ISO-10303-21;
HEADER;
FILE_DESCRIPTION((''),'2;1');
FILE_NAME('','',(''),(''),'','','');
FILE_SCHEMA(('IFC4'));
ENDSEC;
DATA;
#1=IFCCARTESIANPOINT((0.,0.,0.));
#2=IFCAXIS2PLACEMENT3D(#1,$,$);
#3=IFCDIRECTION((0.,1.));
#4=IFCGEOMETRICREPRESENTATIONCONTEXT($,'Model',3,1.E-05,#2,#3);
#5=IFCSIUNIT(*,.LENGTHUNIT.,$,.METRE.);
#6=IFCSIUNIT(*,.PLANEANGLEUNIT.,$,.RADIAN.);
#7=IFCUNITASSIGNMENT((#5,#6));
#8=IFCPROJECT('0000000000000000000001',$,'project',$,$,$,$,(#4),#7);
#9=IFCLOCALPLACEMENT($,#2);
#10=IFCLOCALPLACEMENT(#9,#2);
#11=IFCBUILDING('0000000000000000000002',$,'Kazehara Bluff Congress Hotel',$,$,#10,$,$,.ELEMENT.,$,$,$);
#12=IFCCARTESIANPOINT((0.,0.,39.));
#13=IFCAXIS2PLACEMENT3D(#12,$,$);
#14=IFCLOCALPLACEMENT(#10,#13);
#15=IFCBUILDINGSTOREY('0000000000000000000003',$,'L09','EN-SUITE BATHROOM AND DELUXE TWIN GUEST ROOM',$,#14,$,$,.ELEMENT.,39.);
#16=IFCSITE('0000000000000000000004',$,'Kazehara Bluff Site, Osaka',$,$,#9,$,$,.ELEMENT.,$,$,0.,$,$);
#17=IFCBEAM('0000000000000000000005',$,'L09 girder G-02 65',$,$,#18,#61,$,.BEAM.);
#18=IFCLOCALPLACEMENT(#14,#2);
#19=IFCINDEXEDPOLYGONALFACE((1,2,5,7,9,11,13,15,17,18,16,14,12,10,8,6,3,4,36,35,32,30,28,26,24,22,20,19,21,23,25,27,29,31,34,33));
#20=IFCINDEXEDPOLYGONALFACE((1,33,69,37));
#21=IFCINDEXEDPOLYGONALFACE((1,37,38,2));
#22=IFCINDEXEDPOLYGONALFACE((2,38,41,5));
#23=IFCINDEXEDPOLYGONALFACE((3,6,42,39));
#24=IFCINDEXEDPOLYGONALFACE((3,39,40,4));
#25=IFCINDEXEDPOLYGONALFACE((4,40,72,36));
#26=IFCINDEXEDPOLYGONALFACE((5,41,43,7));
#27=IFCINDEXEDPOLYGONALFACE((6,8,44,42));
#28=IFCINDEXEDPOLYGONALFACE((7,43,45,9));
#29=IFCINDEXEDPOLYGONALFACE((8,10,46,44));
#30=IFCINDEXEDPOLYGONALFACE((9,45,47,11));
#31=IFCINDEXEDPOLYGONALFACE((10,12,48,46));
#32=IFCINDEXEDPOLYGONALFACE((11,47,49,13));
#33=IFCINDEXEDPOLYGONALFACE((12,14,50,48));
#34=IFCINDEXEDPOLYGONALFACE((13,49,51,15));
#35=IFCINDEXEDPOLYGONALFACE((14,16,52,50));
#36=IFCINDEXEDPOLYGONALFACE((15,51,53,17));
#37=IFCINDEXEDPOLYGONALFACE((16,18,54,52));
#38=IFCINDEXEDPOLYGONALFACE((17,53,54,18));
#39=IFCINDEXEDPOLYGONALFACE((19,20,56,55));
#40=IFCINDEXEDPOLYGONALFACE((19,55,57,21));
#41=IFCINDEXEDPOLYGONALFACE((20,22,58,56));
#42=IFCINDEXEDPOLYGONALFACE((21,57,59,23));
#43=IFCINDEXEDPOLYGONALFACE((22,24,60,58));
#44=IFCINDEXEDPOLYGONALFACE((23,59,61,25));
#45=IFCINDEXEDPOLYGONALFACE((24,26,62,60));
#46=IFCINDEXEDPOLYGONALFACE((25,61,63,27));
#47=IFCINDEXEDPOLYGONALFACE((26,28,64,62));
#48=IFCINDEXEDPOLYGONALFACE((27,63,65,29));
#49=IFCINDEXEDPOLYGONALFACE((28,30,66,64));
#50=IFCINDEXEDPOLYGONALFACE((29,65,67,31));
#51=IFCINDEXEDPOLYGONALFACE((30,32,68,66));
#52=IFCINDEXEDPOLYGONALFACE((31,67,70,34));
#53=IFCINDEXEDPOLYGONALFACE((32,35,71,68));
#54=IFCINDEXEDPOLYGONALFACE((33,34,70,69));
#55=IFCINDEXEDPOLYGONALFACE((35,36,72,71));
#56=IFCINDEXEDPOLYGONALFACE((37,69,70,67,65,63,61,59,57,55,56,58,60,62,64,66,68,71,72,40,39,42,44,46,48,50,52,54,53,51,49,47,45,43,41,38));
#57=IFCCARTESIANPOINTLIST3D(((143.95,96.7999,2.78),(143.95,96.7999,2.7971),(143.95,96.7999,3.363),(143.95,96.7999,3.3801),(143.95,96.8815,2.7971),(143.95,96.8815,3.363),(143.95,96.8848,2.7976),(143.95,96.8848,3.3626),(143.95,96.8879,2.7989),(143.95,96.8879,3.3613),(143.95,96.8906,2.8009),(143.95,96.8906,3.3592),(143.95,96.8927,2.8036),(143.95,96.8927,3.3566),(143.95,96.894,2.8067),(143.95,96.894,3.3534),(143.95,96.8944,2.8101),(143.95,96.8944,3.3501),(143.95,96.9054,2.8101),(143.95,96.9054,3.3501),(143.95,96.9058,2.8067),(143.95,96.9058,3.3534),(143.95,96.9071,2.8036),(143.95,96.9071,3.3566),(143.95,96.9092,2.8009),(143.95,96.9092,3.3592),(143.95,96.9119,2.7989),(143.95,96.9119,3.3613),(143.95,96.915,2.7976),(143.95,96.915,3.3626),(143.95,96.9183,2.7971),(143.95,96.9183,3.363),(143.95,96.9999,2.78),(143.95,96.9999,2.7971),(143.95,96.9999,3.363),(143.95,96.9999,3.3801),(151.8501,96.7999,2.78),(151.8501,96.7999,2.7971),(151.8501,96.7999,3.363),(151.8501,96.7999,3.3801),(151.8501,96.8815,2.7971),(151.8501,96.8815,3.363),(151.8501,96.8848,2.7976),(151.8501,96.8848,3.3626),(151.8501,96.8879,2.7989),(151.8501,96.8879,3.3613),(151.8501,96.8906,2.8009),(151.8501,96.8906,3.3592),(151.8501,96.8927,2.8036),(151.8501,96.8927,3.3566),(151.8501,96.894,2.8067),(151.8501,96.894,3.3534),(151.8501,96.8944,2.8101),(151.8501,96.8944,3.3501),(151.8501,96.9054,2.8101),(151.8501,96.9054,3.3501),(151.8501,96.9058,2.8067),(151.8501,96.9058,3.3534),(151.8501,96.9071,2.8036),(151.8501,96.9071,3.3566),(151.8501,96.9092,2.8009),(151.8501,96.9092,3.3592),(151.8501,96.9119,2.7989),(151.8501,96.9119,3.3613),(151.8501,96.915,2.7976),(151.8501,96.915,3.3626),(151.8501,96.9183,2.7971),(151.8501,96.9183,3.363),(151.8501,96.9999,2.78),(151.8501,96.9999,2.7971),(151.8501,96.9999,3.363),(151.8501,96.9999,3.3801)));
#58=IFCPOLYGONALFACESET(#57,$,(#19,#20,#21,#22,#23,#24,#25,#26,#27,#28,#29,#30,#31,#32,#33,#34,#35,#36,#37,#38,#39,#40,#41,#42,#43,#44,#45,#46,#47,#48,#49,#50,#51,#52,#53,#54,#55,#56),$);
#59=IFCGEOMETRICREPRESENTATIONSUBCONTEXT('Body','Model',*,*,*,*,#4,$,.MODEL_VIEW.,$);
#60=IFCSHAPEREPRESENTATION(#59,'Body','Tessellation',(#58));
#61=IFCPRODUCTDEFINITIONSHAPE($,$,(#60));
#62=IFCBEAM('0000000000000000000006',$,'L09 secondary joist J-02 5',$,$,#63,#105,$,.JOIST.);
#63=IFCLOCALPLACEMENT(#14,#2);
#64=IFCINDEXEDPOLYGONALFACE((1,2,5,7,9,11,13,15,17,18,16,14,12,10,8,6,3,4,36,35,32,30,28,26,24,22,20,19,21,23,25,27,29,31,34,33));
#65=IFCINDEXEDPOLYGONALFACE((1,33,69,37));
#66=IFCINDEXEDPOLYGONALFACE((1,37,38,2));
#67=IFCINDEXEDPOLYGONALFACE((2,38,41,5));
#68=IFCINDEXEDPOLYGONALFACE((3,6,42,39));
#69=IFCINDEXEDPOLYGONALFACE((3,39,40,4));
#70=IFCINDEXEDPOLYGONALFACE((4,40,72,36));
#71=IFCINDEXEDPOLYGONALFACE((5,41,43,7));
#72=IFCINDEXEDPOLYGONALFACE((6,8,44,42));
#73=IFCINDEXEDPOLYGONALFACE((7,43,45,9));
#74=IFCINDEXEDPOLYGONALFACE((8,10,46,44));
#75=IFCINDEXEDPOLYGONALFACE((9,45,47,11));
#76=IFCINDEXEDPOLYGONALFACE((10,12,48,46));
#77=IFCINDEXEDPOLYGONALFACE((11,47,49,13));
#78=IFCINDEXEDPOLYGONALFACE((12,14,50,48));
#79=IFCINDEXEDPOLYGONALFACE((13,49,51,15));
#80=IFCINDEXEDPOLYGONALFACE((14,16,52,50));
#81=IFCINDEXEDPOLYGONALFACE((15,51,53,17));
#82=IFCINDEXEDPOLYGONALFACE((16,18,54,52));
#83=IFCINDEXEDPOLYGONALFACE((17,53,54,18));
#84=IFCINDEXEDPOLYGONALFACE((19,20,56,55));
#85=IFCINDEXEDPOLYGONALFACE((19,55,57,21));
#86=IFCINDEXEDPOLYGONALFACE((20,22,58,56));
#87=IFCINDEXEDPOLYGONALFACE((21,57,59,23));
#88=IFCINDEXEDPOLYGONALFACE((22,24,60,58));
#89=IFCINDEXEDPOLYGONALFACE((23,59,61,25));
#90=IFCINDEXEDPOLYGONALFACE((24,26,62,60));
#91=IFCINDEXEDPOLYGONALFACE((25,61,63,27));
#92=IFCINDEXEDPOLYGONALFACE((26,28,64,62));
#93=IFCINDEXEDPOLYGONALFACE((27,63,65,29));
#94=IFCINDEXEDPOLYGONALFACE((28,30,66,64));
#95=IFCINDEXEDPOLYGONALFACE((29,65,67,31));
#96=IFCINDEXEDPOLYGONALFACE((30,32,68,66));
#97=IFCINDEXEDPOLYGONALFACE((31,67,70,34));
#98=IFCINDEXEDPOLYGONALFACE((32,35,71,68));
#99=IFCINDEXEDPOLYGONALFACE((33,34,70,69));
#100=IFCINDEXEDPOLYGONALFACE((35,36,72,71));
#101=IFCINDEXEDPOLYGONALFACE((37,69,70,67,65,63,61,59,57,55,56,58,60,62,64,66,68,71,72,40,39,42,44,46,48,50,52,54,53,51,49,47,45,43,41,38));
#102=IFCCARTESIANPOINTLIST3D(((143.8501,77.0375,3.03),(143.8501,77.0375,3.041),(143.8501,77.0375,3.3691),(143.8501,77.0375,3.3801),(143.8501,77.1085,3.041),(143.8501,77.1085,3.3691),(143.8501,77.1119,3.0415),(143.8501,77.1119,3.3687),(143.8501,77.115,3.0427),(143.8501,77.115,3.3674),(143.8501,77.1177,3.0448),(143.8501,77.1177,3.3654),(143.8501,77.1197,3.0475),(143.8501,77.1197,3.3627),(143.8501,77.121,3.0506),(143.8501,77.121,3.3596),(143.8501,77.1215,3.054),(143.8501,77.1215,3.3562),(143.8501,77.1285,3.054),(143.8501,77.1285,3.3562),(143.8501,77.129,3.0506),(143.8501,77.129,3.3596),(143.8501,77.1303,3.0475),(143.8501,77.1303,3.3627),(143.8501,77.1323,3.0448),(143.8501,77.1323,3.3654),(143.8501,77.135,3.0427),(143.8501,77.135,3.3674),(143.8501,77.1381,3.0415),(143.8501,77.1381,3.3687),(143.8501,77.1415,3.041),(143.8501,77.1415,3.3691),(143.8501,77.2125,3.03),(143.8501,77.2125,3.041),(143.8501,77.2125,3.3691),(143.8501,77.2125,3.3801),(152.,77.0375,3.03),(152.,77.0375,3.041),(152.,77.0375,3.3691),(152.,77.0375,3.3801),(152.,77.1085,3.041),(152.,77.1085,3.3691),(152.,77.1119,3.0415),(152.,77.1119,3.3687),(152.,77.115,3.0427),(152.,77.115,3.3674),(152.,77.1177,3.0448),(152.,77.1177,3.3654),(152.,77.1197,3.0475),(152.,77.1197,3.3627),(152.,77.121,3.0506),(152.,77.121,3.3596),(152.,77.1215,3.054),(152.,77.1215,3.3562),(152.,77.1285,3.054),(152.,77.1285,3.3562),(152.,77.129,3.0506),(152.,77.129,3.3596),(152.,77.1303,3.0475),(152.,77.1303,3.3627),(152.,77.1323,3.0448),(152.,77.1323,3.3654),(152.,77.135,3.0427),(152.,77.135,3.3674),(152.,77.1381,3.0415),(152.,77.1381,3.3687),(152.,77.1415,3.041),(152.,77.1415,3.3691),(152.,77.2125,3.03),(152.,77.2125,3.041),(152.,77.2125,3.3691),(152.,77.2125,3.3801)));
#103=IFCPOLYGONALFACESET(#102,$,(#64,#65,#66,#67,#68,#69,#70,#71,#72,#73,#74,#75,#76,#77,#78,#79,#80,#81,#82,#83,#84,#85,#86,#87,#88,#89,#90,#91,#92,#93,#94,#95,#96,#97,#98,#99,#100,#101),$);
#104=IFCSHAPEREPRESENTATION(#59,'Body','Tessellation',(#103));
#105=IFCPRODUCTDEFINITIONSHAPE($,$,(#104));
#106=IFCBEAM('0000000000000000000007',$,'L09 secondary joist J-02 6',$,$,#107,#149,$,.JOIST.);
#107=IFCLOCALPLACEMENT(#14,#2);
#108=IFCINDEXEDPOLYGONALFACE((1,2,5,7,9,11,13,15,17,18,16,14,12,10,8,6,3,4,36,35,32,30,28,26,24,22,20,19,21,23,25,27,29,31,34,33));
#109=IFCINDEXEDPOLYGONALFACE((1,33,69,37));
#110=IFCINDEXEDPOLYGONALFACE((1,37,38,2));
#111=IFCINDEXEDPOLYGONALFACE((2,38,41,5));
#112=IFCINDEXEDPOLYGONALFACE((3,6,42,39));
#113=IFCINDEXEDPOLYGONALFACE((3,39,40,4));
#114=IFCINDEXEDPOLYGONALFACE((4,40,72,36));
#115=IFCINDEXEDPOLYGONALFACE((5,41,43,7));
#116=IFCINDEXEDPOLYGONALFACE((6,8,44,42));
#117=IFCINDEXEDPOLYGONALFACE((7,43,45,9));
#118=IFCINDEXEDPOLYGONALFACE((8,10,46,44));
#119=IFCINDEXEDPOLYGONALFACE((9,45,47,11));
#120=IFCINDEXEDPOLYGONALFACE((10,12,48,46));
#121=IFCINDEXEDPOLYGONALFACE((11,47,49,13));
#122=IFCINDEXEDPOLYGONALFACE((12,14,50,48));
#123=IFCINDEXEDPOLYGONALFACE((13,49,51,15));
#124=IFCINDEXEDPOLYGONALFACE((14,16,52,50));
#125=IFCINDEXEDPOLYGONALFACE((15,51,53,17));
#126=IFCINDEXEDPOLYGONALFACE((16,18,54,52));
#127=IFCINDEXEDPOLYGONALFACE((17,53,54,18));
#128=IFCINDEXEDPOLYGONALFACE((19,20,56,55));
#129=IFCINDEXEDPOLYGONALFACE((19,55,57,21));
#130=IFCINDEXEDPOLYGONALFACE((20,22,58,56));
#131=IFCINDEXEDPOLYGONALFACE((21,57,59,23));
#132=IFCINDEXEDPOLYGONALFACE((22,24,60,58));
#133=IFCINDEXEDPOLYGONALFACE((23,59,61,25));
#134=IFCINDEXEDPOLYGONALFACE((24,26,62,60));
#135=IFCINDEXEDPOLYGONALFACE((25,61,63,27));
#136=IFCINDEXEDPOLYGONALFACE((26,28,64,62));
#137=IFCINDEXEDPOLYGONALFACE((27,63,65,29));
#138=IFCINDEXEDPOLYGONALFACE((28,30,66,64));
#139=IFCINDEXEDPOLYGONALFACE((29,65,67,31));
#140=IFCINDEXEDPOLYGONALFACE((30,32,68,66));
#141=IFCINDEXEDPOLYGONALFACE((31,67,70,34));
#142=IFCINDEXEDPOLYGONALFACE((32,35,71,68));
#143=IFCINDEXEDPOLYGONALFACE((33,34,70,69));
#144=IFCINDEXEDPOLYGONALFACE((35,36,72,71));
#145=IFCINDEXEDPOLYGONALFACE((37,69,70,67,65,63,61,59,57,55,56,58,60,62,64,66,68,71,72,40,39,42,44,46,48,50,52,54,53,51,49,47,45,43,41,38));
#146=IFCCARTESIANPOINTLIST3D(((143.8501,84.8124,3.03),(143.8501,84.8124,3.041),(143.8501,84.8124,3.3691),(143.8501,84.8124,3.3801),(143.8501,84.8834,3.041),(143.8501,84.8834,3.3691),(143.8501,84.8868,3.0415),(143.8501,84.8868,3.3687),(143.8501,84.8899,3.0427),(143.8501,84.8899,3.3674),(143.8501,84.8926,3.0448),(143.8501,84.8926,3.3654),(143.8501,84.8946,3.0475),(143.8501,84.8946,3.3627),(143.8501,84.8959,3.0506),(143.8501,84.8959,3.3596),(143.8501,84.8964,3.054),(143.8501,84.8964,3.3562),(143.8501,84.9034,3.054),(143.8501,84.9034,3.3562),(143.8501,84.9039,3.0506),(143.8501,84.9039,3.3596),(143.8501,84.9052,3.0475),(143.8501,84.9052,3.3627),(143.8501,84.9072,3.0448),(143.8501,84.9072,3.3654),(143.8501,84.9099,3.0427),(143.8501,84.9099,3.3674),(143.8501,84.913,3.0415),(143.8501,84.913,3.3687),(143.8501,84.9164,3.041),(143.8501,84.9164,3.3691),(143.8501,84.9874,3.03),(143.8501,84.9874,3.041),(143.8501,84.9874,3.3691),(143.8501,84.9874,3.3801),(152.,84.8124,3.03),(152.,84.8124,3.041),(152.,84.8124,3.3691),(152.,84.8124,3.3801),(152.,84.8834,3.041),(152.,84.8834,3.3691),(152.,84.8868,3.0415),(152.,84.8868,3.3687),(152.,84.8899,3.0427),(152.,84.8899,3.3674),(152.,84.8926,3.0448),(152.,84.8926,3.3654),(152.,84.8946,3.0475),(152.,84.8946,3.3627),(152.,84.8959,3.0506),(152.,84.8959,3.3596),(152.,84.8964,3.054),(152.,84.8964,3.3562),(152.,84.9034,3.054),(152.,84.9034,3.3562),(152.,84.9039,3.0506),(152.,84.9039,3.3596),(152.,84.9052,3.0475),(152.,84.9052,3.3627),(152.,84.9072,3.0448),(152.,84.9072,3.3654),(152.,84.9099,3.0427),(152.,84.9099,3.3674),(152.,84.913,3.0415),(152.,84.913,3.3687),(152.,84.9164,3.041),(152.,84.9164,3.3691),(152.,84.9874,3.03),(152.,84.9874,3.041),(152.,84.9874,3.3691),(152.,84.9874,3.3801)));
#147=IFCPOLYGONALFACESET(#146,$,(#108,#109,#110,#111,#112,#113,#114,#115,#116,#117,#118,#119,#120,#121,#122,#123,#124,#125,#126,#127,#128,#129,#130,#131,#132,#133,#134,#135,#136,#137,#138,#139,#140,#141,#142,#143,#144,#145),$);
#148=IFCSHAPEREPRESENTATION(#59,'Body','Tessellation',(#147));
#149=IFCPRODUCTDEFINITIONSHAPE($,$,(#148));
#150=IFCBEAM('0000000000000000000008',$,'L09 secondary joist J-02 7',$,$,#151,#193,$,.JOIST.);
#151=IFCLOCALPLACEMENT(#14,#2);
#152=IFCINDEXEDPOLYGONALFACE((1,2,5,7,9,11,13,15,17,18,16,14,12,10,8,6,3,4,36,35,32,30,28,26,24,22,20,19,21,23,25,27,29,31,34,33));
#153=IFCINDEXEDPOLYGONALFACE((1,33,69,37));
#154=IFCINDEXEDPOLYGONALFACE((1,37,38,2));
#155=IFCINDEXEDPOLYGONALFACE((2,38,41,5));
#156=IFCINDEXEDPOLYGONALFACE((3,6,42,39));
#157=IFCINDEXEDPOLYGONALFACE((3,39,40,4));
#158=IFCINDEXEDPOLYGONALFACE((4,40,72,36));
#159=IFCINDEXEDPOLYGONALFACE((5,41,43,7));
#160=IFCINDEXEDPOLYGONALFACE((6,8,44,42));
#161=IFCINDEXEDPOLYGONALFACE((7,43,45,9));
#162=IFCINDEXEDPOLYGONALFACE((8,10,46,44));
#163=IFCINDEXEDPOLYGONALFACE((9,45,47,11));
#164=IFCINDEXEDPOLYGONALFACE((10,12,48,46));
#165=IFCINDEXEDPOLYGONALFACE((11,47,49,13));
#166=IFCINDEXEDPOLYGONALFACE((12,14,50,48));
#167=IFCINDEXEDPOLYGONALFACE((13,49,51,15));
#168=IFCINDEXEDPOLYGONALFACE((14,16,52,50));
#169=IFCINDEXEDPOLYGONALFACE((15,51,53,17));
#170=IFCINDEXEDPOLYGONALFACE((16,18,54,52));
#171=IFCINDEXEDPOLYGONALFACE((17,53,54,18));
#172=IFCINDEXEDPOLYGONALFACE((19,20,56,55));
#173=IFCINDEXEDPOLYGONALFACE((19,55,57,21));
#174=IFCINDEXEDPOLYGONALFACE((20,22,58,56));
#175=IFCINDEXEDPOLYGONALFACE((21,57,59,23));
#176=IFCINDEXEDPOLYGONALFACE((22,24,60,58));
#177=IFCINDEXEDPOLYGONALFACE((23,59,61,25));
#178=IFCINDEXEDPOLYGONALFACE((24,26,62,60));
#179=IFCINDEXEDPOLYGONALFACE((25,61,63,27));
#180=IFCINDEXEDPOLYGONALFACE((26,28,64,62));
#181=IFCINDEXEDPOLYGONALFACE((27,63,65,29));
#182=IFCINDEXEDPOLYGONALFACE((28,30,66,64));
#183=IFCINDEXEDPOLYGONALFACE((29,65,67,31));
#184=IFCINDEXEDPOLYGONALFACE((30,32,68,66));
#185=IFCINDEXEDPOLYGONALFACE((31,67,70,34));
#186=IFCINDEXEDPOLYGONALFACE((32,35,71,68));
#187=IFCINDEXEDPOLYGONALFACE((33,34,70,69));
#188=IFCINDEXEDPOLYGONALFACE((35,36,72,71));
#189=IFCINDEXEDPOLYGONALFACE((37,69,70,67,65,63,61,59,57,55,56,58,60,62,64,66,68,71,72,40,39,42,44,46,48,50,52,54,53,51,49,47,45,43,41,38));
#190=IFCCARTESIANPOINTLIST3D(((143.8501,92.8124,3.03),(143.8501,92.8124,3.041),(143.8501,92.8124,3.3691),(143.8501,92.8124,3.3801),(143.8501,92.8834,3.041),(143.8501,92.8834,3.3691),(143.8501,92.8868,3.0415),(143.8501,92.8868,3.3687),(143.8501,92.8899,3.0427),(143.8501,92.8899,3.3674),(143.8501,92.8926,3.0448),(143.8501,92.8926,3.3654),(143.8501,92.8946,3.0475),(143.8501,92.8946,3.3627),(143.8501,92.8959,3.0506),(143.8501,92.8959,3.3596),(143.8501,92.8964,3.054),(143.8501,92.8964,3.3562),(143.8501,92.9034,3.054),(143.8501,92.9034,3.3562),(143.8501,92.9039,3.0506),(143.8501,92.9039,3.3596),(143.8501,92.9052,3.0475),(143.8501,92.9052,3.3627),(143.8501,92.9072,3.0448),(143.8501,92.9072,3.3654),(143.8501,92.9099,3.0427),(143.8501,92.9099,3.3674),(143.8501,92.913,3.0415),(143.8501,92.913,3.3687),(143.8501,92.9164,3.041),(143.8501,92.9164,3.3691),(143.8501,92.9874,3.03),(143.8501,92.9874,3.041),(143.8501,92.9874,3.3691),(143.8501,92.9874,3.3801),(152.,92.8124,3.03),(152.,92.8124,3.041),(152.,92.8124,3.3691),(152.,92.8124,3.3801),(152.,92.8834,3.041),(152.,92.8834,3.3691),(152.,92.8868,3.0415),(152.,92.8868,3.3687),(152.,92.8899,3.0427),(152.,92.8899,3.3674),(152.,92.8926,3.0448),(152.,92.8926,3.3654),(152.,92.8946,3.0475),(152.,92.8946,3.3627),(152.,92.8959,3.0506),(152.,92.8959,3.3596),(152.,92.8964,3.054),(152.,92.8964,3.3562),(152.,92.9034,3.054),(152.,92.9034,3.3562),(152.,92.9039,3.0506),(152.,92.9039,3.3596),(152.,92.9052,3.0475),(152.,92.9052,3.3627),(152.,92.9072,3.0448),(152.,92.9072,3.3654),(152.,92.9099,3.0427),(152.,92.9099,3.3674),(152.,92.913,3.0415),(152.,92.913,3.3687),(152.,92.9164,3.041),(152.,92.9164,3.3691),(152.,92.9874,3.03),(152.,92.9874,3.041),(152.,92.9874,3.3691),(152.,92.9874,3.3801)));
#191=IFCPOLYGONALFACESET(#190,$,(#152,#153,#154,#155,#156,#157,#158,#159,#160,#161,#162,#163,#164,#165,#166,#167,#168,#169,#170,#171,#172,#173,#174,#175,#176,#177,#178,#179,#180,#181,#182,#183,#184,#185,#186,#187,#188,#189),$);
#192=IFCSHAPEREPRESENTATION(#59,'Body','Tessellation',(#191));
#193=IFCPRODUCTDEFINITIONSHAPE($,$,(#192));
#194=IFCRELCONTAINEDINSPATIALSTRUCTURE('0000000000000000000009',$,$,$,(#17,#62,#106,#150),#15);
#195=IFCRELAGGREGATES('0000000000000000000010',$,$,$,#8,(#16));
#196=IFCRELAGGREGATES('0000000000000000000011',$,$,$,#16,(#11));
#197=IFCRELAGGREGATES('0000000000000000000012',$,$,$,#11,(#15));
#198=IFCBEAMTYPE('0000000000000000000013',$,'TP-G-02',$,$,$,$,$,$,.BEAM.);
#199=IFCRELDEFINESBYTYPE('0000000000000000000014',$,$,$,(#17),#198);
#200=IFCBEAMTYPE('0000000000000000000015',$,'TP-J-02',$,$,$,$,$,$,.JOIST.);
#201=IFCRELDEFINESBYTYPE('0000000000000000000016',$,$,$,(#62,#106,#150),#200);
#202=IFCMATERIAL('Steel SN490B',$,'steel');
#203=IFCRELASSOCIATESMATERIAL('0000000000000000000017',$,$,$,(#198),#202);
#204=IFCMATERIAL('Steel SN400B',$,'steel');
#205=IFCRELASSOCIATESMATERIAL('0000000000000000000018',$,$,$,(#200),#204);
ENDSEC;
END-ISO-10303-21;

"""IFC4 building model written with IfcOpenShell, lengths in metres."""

from ifc_helpers import new_model, si_unit, direction, frame, origin, origin_2d, place, context, subcontext, project, spatial, i_section, extrude, material, material_profile, profile_set, type_object, element, save


model = new_model("IFC4")

# Units and contexts
model_context = context("Model", 3, precision=1e-05, world=origin(), true_north=direction((0.0, 1.0)))
body_context = subcontext(model_context, "Body", "Model", "MODEL_VIEW")
ifc_project = project(units=[si_unit("LENGTHUNIT", "METRE"), si_unit("PLANEANGLEUNIT", "RADIAN")], contexts=[model_context])

# Site, building, storey
site_placement = place(None, origin())
site = spatial("IfcSite", under=ifc_project, at=site_placement, Name="Kazehara Bluff Site, Osaka", CompositionType="ELEMENT", RefElevation=0.0)
building_placement = place(site_placement, origin())
building = spatial("IfcBuilding", under=site, at=building_placement, Name="Kazehara Bluff Congress Hotel", CompositionType="ELEMENT")
storey_placement = place(building_placement, frame((0.0, 0.0, 39.0)))
storey = spatial("IfcBuildingStorey", under=building, at=storey_placement, Name="L09", Description="EN-SUITE BATHROOM AND DELUXE TWIN GUEST ROOM", CompositionType="ELEMENT", Elevation=39.0)

# Beams
ifc_material_1 = material(Name="Steel SN490B", Category="steel")
ifc_material_profile_1 = material_profile(ifc_material_1, i_section(OverallWidth=0.2, OverallDepth=0.6001, WebThickness=0.011, FlangeThickness=0.0171, FilletRadius=0.0129, at=origin_2d()))
ifc_profile_set_1 = profile_set([ifc_material_profile_1], Name="Steel SN490B")
beam_type_1 = type_object("IfcBeamType", Name="TP-G-02", PredefinedType="BEAM", material=ifc_profile_set_1)
for number, where, z_axis, x_axis, name in (
    (1, (143.95, 96.8999, 3.0801), (1.0, 0.0, 0.0), (0.0, 1.0, 0.0), "L09 girder G-02 65"),
):
    element("IfcBeam", number, at=place(storey_placement, frame(where, z_axis=z_axis, x_axis=x_axis)), inside=storey, type_object=beam_type_1, Name=name, PredefinedType="BEAM", context=body_context, shape_type="SweptSolid", body=[
        extrude(i_section(OverallWidth=0.2, OverallDepth=0.6001, WebThickness=0.011, FlangeThickness=0.0171, FilletRadius=0.0129, at=origin_2d()), origin(), (0.0, 0.0, 1.0), 7.9001),
    ])
ifc_material_2 = material(Name="Steel SN400B", Category="steel")
ifc_material_profile_2 = material_profile(ifc_material_2, i_section(OverallWidth=0.175, OverallDepth=0.3501, WebThickness=0.0071, FlangeThickness=0.011, FilletRadius=0.0129, at=origin_2d()))
ifc_profile_set_2 = profile_set([ifc_material_profile_2], Name="Steel SN400B")
beam_type_2 = type_object("IfcBeamType", Name="TP-J-02", PredefinedType="JOIST", material=ifc_profile_set_2)
for number, where, z_axis, x_axis, name in (
    (2, (143.8501, 77.125, 3.2051), (1.0, 0.0, 0.0), (0.0, 1.0, 0.0), "L09 secondary joist J-02 5"),
    (3, (143.8501, 84.8999, 3.2051), (1.0, 0.0, 0.0), (0.0, 1.0, 0.0), "L09 secondary joist J-02 6"),
    (4, (143.8501, 92.8999, 3.2051), (1.0, 0.0, 0.0), (0.0, 1.0, 0.0), "L09 secondary joist J-02 7"),
):
    element("IfcBeam", number, at=place(storey_placement, frame(where, z_axis=z_axis, x_axis=x_axis)), inside=storey, type_object=beam_type_2, Name=name, PredefinedType="JOIST", context=body_context, shape_type="SweptSolid", body=[
        extrude(i_section(OverallWidth=0.175, OverallDepth=0.3501, WebThickness=0.0071, FlangeThickness=0.011, FilletRadius=0.0129, at=origin_2d()), origin(), (0.0, 0.0, 1.0), 8.1499),
    ])

save(model, "model.ifc")
